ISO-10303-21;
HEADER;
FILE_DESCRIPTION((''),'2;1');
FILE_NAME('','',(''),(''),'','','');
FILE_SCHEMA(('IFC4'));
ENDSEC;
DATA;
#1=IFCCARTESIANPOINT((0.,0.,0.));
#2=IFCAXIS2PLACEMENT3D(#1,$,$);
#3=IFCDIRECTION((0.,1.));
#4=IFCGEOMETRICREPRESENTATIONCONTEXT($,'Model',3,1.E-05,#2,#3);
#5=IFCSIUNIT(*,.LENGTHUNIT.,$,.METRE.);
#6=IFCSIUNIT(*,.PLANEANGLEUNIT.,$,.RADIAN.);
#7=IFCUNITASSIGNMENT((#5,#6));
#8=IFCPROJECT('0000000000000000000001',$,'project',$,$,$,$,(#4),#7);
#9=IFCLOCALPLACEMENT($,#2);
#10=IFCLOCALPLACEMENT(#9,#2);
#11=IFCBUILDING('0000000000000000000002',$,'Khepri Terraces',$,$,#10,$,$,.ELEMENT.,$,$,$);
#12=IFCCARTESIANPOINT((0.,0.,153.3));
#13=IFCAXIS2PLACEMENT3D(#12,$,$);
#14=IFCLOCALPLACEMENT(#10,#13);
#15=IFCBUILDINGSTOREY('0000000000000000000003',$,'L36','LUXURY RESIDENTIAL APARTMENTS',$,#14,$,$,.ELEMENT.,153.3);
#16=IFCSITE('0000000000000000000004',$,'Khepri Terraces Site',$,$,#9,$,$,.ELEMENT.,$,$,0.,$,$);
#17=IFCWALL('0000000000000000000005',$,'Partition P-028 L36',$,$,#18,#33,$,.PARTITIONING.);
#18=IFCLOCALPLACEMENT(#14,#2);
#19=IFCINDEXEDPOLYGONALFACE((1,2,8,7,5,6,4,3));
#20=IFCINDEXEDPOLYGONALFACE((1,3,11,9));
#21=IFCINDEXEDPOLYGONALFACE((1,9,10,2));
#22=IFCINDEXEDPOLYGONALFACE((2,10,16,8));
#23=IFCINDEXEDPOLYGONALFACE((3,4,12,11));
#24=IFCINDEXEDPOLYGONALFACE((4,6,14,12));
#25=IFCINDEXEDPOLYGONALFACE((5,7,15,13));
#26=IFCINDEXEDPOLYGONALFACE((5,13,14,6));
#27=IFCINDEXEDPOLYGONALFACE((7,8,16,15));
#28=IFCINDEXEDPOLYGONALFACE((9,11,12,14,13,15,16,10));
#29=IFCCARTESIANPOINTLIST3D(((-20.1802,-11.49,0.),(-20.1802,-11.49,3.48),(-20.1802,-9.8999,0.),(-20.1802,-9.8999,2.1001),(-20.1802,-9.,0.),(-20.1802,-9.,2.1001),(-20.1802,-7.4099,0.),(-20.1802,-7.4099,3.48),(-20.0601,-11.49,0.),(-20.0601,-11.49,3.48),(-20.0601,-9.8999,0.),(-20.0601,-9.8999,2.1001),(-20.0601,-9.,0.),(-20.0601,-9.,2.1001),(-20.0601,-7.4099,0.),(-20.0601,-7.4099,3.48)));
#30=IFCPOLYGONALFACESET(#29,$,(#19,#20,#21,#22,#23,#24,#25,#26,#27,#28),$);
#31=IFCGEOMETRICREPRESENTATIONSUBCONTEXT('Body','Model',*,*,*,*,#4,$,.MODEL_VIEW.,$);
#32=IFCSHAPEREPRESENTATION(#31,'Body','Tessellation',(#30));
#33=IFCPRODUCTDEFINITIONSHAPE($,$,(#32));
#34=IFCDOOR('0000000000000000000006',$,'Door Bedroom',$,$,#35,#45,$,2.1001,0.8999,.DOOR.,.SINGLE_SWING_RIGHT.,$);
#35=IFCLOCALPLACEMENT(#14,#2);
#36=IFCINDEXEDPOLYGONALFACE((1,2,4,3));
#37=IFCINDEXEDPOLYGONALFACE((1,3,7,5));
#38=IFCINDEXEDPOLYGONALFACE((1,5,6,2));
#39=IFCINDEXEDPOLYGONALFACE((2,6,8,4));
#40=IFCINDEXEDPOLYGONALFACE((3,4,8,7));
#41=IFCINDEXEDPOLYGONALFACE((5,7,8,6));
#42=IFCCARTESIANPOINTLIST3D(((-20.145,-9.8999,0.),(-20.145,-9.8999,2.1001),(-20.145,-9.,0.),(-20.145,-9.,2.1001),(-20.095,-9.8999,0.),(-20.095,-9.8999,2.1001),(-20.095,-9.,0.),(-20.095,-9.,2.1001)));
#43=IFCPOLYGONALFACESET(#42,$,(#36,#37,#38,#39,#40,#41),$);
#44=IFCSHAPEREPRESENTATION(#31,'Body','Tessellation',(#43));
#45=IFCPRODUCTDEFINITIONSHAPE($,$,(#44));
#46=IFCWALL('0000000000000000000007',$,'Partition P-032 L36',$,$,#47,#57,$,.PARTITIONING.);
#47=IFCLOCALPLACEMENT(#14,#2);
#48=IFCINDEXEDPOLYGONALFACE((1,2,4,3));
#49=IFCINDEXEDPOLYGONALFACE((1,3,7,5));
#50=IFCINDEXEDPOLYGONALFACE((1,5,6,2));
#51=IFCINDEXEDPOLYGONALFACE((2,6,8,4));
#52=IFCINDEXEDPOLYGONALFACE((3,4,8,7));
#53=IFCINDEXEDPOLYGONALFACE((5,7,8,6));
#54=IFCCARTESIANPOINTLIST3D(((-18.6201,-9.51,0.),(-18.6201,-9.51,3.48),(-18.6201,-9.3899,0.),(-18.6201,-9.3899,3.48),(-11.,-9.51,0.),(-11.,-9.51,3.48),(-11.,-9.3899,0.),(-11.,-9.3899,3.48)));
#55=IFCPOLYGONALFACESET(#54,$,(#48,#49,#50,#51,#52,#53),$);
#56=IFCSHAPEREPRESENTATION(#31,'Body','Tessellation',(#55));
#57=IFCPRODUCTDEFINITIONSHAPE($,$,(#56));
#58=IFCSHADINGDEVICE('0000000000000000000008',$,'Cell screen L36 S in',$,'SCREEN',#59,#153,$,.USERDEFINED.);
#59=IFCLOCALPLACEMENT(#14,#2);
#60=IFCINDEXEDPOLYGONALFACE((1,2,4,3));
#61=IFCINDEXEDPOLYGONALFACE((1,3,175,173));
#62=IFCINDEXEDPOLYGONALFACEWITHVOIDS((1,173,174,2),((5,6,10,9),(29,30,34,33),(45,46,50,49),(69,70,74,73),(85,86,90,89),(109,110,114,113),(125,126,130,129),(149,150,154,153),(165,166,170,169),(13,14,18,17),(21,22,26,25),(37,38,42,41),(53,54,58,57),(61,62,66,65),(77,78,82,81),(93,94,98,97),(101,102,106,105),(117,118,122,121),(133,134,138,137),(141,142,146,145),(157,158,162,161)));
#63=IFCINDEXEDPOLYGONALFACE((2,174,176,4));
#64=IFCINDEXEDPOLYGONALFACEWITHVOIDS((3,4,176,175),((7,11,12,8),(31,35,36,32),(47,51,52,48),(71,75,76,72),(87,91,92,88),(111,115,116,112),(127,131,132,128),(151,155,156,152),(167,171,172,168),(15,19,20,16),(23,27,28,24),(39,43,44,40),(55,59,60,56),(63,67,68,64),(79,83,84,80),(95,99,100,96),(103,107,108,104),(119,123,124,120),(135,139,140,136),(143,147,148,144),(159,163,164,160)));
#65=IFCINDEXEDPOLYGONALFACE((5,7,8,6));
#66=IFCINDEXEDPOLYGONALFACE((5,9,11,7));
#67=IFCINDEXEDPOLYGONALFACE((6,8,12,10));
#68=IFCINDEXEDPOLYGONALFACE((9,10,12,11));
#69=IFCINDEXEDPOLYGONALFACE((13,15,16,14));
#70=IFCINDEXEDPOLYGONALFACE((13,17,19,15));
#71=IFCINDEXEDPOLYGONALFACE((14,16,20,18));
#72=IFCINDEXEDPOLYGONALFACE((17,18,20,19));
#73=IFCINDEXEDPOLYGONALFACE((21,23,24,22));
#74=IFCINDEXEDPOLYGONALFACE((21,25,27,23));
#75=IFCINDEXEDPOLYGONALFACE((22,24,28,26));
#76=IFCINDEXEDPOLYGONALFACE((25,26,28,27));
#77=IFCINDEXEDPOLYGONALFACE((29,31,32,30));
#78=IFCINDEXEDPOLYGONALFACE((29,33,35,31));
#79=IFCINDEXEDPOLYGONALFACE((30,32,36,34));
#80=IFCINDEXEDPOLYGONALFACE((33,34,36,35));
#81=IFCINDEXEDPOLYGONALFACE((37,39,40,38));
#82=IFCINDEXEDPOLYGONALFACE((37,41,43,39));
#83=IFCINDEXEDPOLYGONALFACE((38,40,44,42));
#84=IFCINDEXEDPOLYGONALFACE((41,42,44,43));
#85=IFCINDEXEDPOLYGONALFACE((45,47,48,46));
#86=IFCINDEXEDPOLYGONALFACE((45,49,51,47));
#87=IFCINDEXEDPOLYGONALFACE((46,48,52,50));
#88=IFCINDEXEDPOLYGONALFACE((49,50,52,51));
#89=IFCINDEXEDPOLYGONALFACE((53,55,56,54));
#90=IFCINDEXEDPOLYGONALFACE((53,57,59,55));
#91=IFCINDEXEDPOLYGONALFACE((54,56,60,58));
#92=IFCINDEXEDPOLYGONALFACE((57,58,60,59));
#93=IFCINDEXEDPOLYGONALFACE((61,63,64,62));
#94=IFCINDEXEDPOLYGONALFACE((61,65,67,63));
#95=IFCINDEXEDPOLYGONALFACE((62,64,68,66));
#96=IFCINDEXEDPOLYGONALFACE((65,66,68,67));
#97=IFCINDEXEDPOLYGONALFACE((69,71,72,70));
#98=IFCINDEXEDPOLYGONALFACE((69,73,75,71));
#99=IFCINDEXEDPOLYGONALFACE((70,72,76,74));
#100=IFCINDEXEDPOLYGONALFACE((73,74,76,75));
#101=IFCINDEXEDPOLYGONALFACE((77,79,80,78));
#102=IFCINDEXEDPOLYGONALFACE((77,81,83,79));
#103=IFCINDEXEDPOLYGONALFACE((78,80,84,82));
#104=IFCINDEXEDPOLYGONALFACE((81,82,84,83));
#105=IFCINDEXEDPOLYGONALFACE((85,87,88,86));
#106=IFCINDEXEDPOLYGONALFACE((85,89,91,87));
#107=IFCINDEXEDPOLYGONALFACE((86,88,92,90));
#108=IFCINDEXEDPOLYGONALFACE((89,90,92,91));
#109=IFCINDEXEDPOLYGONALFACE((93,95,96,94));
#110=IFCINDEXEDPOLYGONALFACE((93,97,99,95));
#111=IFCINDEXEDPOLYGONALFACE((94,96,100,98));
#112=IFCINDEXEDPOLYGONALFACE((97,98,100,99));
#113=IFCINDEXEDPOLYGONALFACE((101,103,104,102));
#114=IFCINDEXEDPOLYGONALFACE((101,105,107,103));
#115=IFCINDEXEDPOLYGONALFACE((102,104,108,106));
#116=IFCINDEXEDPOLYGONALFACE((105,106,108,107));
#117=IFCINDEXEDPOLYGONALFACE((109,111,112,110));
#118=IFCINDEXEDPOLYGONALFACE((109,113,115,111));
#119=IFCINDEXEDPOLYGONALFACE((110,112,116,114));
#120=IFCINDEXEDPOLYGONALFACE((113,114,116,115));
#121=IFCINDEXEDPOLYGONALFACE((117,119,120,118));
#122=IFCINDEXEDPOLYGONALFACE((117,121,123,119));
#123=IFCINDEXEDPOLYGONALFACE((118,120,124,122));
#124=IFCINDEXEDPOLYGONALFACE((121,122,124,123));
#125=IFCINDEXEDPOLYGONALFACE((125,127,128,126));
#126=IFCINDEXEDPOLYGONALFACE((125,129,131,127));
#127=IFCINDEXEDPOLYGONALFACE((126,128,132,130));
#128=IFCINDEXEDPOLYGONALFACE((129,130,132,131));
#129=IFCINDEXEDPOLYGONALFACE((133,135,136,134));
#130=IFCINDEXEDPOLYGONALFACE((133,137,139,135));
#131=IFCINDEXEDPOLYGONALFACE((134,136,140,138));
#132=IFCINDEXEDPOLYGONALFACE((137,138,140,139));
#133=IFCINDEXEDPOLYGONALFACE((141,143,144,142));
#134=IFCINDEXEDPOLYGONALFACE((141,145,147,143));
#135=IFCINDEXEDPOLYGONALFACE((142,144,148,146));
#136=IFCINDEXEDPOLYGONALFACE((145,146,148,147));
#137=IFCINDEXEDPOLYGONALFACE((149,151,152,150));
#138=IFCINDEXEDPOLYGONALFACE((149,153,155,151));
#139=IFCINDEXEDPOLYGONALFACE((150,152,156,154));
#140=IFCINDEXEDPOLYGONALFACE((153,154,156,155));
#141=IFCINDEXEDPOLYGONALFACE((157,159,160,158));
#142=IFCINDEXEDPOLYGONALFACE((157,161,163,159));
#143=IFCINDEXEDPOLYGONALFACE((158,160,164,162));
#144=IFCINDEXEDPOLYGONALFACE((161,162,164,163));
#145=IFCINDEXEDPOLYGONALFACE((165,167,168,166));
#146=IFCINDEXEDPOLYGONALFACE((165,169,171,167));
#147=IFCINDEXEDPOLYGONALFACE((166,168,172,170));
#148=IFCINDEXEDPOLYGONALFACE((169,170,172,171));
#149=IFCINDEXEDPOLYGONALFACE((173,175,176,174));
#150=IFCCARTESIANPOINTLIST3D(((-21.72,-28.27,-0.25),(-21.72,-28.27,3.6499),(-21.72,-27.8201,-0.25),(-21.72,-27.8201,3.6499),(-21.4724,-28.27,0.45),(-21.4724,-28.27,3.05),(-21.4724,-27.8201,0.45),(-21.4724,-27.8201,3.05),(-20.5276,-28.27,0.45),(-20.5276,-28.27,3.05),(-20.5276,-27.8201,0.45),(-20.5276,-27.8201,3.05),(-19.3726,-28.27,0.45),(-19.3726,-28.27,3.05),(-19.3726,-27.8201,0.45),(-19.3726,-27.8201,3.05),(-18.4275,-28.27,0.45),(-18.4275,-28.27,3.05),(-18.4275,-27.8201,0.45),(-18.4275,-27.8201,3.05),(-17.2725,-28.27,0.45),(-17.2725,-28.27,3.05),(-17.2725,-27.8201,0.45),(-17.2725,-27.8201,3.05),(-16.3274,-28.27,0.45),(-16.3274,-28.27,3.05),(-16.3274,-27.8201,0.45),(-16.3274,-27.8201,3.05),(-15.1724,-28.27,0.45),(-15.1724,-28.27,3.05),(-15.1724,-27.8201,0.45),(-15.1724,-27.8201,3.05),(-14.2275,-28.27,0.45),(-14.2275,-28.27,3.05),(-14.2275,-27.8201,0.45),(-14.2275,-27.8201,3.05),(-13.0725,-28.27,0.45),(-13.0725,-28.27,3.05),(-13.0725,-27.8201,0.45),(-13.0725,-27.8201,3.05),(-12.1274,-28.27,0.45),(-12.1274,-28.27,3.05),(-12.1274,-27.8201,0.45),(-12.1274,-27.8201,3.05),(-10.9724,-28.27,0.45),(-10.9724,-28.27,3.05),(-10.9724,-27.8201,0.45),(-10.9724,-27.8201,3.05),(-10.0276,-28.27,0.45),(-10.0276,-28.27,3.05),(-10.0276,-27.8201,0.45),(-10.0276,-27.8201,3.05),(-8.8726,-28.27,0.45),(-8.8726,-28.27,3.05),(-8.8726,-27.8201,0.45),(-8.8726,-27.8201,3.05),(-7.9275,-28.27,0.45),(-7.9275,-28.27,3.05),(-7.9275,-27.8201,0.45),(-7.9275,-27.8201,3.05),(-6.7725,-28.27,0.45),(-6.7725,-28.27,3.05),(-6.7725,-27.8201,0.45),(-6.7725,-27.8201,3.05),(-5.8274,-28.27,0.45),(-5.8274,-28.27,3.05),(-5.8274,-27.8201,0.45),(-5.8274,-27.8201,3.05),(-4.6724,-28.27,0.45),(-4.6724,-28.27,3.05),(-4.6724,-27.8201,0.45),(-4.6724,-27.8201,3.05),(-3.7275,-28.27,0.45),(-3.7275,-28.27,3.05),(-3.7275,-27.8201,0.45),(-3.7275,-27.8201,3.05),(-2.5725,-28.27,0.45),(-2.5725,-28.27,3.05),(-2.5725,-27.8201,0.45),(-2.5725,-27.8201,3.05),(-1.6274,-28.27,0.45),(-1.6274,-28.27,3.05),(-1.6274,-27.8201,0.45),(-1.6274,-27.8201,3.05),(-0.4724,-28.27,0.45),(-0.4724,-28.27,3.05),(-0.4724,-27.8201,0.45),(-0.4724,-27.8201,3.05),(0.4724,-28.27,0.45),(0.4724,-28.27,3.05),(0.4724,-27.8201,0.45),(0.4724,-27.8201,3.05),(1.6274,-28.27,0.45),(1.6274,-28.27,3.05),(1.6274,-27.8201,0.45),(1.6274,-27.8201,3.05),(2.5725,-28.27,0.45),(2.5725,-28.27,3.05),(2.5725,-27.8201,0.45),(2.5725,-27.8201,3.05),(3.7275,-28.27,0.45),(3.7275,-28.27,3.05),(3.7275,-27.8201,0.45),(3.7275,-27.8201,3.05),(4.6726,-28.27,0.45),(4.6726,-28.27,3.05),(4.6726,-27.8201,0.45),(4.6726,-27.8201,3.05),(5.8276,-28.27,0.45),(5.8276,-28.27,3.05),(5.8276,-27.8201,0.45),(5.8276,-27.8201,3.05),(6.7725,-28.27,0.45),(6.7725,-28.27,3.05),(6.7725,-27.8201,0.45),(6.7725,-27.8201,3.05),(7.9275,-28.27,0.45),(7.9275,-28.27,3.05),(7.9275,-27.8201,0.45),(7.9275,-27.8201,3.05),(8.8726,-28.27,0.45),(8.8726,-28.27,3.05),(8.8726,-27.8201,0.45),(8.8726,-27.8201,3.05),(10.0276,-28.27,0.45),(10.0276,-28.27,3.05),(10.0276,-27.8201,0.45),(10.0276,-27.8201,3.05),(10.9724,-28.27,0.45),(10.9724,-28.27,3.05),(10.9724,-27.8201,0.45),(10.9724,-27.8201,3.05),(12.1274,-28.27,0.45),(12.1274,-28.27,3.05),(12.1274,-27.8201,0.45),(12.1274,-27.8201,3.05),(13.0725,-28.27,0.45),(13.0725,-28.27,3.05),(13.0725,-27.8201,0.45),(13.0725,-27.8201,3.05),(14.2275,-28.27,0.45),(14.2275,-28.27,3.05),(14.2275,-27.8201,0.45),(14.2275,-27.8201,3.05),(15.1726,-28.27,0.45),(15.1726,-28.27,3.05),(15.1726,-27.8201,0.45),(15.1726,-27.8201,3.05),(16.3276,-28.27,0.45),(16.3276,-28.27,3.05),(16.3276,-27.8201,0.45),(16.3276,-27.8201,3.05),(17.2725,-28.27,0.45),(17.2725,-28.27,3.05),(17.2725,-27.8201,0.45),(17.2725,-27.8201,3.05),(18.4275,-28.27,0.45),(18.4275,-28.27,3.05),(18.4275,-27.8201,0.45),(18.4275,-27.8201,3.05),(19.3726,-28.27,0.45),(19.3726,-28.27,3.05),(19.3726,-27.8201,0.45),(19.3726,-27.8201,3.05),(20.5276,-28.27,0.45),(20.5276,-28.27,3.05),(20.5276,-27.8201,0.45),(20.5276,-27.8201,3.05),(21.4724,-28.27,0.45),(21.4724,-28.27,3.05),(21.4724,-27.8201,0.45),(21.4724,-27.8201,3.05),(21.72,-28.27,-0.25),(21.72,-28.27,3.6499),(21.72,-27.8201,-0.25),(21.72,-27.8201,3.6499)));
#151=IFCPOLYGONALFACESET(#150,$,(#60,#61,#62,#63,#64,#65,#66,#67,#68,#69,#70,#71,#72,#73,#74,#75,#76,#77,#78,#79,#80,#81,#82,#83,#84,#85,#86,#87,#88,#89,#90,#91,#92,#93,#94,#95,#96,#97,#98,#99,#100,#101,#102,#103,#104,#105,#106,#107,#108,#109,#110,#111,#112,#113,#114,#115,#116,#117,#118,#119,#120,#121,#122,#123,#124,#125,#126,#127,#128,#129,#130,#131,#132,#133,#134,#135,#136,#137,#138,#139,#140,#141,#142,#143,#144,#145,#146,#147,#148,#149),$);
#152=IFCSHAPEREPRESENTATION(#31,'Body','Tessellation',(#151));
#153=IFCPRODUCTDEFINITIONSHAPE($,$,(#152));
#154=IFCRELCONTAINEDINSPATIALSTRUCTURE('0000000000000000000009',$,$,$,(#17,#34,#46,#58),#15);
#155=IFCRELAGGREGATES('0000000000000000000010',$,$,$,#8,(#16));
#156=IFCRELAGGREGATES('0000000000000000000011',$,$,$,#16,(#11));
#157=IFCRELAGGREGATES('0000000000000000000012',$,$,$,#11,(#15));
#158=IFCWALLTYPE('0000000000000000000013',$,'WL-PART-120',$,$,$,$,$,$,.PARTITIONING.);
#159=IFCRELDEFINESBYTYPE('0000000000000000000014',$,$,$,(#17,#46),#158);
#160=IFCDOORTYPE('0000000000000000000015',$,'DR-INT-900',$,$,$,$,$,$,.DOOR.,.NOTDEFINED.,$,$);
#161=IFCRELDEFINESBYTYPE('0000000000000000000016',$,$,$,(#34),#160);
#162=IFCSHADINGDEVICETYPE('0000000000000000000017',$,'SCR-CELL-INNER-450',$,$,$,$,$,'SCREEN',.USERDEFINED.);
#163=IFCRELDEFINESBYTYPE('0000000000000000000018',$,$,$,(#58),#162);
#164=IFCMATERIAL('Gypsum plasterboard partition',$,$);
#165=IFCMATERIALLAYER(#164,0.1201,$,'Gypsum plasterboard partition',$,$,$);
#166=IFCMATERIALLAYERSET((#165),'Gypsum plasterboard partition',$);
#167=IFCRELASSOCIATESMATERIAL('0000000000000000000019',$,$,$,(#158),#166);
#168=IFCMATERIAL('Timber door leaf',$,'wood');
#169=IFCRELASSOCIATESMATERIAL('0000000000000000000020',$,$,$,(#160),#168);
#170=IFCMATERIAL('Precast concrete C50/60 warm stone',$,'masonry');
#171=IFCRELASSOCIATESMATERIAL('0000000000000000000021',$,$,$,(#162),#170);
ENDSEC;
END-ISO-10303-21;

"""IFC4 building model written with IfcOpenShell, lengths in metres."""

from ifc_helpers import new_model, si_unit, direction, frame, frame_2d, origin, place, context, subcontext, project, spatial, polyline, rectangle, outline, extrude, material, layer, layer_set, type_object, element, fill, save


model = new_model("IFC4")

# Units and contexts
model_context = context("Model", 3, precision=1e-05, world=origin(), true_north=direction((0.0, 1.0)))
body_context = subcontext(model_context, "Body", "Model", "MODEL_VIEW")
ifc_project = project(units=[si_unit("LENGTHUNIT", "METRE"), si_unit("PLANEANGLEUNIT", "RADIAN")], contexts=[model_context])

# Site, building, storey
site_placement = place(None, origin())
site = spatial("IfcSite", under=ifc_project, at=site_placement, Name="Khepri Terraces Site", CompositionType="ELEMENT", RefElevation=0.0)
building_placement = place(site_placement, origin())
building = spatial("IfcBuilding", under=site, at=building_placement, Name="Khepri Terraces", CompositionType="ELEMENT")
storey_placement = place(building_placement, frame((0.0, 0.0, 153.3)))
storey = spatial("IfcBuildingStorey", under=building, at=storey_placement, Name="L36", Description="LUXURY RESIDENTIAL APARTMENTS", CompositionType="ELEMENT", Elevation=153.3)

# Shared definitions
ifc_material_1 = material(Name="Precast concrete C50/60 warm stone", Category="masonry")

# Shared definitions
ifc_material_2 = material(Name="Gypsum plasterboard partition")
ifc_layer_1 = layer(ifc_material_2, 0.1201, Name="Gypsum plasterboard partition")
ifc_layer_set_1 = layer_set([ifc_layer_1], Name="Gypsum plasterboard partition")
wall_type_1 = type_object("IfcWallType", Name="WL-PART-120", PredefinedType="PARTITIONING", material=ifc_layer_set_1)
ifc_material_3 = material(Name="Timber door leaf", Category="wood")
door_type_1 = type_object("IfcDoorType", Name="DR-INT-900", OperationType="NOTDEFINED", PredefinedType="DOOR", material=ifc_material_3)

# Wall, opening, door
wall_1_placement = place(storey_placement, frame((-20.1201, -11.49, 0.0), z_axis=(0.0, 0.0, 1.0), x_axis=(0.0, 1.0, 0.0)))
wall_1 = element("IfcWall", 1, at=wall_1_placement, inside=storey, type_object=wall_type_1, Name="Partition P-028 L36", PredefinedType="PARTITIONING", context=body_context, shape_type="SweptSolid", body=[
    extrude(rectangle(XDim=4.0801, YDim=0.1201, at=frame_2d((2.04, 0.0))), origin(), (0.0, 0.0, 1.0), 3.48),
])
opening_1_placement = place(wall_1_placement, frame((1.5901, 0.0, 0.0)))
opening_1 = element("IfcOpeningElement", 2, at=opening_1_placement, cuts=wall_1, PredefinedType="OPENING", context=body_context, shape_type="SweptSolid", body=[
    extrude(rectangle(XDim=0.8999, YDim=2.1001, at=frame_2d((0.45, 1.05))), frame((0.0, 0.0701, 0.0), z_axis=(0.0, -1.0, 0.0), x_axis=(1.0, 0.0, 0.0)), (0.0, 0.0, 1.0), 0.1401),
])
door_1_placement = place(opening_1_placement, origin())
door_1 = element("IfcDoor", 3, at=door_1_placement, inside=storey, type_object=door_type_1, Name="Door Bedroom", OperationType="SINGLE_SWING_RIGHT", OverallHeight=2.1001, OverallWidth=0.8999, PredefinedType="DOOR", context=body_context, shape_type="SweptSolid", body=[
    extrude(rectangle(XDim=0.8999, YDim=2.1001, at=frame_2d((0.45, 1.05))), frame((0.0, 0.0249, 0.0), z_axis=(0.0, -1.0, 0.0), x_axis=(1.0, 0.0, 0.0)), (0.0, 0.0, 1.0), 0.05),
])
fill(opening_1, door_1)

# Wall
wall_2_placement = place(storey_placement, frame((-18.6201, -9.45, 0.0), z_axis=(0.0, 0.0, 1.0), x_axis=(1.0, 0.0, 0.0)))
element("IfcWall", 4, at=wall_2_placement, inside=storey, type_object=wall_type_1, Name="Partition P-032 L36", PredefinedType="PARTITIONING", context=body_context, shape_type="SweptSolid", body=[
    extrude(rectangle(XDim=7.6201, YDim=0.1201, at=frame_2d((3.8101, 0.0))), origin(), (0.0, 0.0, 1.0), 3.48),
])

# Shading device
shading_device_type_1 = type_object("IfcShadingDeviceType", Name="SCR-CELL-INNER-450", ElementType="SCREEN", PredefinedType="USERDEFINED", material=ifc_material_1)
shading_device_1_placement = place(storey_placement, frame((-21.72, -27.8201, -0.25), z_axis=(0.0, -1.0, 0.0), x_axis=(1.0, 0.0, 0.0)))
element("IfcShadingDevice", 5, at=shading_device_1_placement, inside=storey, type_object=shading_device_type_1, Name="Cell screen L36 S in", ObjectType="SCREEN", PredefinedType="USERDEFINED", context=body_context, shape_type="SweptSolid", body=[
    extrude(outline(polyline([(0.0, 0.0), (43.4399, 0.0), (43.4399, 3.8999), (0.0, 3.8999), (0.0, 0.0)]), holes=[polyline([(0.2476, 0.7), (1.1924, 0.7), (1.1924, 3.3), (0.2476, 3.3), (0.2476, 0.7)]), polyline([(2.3474, 0.7), (3.2925, 0.7), (3.2925, 3.3), (2.3474, 3.3), (2.3474, 0.7)]), polyline([(4.4475, 0.7), (5.3926, 0.7), (5.3926, 3.3), (4.4475, 3.3), (4.4475, 0.7)]), polyline([(6.5476, 0.7), (7.4924, 0.7), (7.4924, 3.3), (6.5476, 3.3), (6.5476, 0.7)]), polyline([(8.6475, 0.7), (9.5925, 0.7), (9.5925, 3.3), (8.6475, 3.3), (8.6475, 0.7)]), polyline([(10.7476, 0.7), (11.6924, 0.7), (11.6924, 3.3), (10.7476, 3.3), (10.7476, 0.7)]), polyline([(12.8474, 0.7), (13.7925, 0.7), (13.7925, 3.3), (12.8474, 3.3), (12.8474, 0.7)]), polyline([(14.9475, 0.7), (15.8926, 0.7), (15.8926, 3.3), (14.9475, 3.3), (14.9475, 0.7)]), polyline([(17.0476, 0.7), (17.9924, 0.7), (17.9924, 3.3), (17.0476, 3.3), (17.0476, 0.7)]), polyline([(19.1475, 0.7), (20.0925, 0.7), (20.0925, 3.3), (19.1475, 3.3), (19.1475, 0.7)]), polyline([(21.2476, 0.7), (22.1924, 0.7), (22.1924, 3.3), (21.2476, 3.3), (21.2476, 0.7)]), polyline([(23.3474, 0.7), (24.2925, 0.7), (24.2925, 3.3), (23.3474, 3.3), (23.3474, 0.7)]), polyline([(25.4475, 0.7), (26.3926, 0.7), (26.3926, 3.3), (25.4475, 3.3), (25.4475, 0.7)]), polyline([(27.5476, 0.7), (28.4924, 0.7), (28.4924, 3.3), (27.5476, 3.3), (27.5476, 0.7)]), polyline([(29.6475, 0.7), (30.5925, 0.7), (30.5925, 3.3), (29.6475, 3.3), (29.6475, 0.7)]), polyline([(31.7476, 0.7), (32.6924, 0.7), (32.6924, 3.3), (31.7476, 3.3), (31.7476, 0.7)]), polyline([(33.8474, 0.7), (34.7925, 0.7), (34.7925, 3.3), (33.8474, 3.3), (33.8474, 0.7)]), polyline([(35.9475, 0.7), (36.8926, 0.7), (36.8926, 3.3), (35.9475, 3.3), (35.9475, 0.7)]), polyline([(38.0476, 0.7), (38.9924, 0.7), (38.9924, 3.3), (38.0476, 3.3), (38.0476, 0.7)]), polyline([(40.1475, 0.7), (41.0925, 0.7), (41.0925, 3.3), (40.1475, 3.3), (40.1475, 0.7)]), polyline([(42.2476, 0.7), (43.1924, 0.7), (43.1924, 3.3), (42.2476, 3.3), (42.2476, 0.7)])]), origin(), (0.0, 0.0, 1.0), 0.45),
])

save(model, "model.ifc")
